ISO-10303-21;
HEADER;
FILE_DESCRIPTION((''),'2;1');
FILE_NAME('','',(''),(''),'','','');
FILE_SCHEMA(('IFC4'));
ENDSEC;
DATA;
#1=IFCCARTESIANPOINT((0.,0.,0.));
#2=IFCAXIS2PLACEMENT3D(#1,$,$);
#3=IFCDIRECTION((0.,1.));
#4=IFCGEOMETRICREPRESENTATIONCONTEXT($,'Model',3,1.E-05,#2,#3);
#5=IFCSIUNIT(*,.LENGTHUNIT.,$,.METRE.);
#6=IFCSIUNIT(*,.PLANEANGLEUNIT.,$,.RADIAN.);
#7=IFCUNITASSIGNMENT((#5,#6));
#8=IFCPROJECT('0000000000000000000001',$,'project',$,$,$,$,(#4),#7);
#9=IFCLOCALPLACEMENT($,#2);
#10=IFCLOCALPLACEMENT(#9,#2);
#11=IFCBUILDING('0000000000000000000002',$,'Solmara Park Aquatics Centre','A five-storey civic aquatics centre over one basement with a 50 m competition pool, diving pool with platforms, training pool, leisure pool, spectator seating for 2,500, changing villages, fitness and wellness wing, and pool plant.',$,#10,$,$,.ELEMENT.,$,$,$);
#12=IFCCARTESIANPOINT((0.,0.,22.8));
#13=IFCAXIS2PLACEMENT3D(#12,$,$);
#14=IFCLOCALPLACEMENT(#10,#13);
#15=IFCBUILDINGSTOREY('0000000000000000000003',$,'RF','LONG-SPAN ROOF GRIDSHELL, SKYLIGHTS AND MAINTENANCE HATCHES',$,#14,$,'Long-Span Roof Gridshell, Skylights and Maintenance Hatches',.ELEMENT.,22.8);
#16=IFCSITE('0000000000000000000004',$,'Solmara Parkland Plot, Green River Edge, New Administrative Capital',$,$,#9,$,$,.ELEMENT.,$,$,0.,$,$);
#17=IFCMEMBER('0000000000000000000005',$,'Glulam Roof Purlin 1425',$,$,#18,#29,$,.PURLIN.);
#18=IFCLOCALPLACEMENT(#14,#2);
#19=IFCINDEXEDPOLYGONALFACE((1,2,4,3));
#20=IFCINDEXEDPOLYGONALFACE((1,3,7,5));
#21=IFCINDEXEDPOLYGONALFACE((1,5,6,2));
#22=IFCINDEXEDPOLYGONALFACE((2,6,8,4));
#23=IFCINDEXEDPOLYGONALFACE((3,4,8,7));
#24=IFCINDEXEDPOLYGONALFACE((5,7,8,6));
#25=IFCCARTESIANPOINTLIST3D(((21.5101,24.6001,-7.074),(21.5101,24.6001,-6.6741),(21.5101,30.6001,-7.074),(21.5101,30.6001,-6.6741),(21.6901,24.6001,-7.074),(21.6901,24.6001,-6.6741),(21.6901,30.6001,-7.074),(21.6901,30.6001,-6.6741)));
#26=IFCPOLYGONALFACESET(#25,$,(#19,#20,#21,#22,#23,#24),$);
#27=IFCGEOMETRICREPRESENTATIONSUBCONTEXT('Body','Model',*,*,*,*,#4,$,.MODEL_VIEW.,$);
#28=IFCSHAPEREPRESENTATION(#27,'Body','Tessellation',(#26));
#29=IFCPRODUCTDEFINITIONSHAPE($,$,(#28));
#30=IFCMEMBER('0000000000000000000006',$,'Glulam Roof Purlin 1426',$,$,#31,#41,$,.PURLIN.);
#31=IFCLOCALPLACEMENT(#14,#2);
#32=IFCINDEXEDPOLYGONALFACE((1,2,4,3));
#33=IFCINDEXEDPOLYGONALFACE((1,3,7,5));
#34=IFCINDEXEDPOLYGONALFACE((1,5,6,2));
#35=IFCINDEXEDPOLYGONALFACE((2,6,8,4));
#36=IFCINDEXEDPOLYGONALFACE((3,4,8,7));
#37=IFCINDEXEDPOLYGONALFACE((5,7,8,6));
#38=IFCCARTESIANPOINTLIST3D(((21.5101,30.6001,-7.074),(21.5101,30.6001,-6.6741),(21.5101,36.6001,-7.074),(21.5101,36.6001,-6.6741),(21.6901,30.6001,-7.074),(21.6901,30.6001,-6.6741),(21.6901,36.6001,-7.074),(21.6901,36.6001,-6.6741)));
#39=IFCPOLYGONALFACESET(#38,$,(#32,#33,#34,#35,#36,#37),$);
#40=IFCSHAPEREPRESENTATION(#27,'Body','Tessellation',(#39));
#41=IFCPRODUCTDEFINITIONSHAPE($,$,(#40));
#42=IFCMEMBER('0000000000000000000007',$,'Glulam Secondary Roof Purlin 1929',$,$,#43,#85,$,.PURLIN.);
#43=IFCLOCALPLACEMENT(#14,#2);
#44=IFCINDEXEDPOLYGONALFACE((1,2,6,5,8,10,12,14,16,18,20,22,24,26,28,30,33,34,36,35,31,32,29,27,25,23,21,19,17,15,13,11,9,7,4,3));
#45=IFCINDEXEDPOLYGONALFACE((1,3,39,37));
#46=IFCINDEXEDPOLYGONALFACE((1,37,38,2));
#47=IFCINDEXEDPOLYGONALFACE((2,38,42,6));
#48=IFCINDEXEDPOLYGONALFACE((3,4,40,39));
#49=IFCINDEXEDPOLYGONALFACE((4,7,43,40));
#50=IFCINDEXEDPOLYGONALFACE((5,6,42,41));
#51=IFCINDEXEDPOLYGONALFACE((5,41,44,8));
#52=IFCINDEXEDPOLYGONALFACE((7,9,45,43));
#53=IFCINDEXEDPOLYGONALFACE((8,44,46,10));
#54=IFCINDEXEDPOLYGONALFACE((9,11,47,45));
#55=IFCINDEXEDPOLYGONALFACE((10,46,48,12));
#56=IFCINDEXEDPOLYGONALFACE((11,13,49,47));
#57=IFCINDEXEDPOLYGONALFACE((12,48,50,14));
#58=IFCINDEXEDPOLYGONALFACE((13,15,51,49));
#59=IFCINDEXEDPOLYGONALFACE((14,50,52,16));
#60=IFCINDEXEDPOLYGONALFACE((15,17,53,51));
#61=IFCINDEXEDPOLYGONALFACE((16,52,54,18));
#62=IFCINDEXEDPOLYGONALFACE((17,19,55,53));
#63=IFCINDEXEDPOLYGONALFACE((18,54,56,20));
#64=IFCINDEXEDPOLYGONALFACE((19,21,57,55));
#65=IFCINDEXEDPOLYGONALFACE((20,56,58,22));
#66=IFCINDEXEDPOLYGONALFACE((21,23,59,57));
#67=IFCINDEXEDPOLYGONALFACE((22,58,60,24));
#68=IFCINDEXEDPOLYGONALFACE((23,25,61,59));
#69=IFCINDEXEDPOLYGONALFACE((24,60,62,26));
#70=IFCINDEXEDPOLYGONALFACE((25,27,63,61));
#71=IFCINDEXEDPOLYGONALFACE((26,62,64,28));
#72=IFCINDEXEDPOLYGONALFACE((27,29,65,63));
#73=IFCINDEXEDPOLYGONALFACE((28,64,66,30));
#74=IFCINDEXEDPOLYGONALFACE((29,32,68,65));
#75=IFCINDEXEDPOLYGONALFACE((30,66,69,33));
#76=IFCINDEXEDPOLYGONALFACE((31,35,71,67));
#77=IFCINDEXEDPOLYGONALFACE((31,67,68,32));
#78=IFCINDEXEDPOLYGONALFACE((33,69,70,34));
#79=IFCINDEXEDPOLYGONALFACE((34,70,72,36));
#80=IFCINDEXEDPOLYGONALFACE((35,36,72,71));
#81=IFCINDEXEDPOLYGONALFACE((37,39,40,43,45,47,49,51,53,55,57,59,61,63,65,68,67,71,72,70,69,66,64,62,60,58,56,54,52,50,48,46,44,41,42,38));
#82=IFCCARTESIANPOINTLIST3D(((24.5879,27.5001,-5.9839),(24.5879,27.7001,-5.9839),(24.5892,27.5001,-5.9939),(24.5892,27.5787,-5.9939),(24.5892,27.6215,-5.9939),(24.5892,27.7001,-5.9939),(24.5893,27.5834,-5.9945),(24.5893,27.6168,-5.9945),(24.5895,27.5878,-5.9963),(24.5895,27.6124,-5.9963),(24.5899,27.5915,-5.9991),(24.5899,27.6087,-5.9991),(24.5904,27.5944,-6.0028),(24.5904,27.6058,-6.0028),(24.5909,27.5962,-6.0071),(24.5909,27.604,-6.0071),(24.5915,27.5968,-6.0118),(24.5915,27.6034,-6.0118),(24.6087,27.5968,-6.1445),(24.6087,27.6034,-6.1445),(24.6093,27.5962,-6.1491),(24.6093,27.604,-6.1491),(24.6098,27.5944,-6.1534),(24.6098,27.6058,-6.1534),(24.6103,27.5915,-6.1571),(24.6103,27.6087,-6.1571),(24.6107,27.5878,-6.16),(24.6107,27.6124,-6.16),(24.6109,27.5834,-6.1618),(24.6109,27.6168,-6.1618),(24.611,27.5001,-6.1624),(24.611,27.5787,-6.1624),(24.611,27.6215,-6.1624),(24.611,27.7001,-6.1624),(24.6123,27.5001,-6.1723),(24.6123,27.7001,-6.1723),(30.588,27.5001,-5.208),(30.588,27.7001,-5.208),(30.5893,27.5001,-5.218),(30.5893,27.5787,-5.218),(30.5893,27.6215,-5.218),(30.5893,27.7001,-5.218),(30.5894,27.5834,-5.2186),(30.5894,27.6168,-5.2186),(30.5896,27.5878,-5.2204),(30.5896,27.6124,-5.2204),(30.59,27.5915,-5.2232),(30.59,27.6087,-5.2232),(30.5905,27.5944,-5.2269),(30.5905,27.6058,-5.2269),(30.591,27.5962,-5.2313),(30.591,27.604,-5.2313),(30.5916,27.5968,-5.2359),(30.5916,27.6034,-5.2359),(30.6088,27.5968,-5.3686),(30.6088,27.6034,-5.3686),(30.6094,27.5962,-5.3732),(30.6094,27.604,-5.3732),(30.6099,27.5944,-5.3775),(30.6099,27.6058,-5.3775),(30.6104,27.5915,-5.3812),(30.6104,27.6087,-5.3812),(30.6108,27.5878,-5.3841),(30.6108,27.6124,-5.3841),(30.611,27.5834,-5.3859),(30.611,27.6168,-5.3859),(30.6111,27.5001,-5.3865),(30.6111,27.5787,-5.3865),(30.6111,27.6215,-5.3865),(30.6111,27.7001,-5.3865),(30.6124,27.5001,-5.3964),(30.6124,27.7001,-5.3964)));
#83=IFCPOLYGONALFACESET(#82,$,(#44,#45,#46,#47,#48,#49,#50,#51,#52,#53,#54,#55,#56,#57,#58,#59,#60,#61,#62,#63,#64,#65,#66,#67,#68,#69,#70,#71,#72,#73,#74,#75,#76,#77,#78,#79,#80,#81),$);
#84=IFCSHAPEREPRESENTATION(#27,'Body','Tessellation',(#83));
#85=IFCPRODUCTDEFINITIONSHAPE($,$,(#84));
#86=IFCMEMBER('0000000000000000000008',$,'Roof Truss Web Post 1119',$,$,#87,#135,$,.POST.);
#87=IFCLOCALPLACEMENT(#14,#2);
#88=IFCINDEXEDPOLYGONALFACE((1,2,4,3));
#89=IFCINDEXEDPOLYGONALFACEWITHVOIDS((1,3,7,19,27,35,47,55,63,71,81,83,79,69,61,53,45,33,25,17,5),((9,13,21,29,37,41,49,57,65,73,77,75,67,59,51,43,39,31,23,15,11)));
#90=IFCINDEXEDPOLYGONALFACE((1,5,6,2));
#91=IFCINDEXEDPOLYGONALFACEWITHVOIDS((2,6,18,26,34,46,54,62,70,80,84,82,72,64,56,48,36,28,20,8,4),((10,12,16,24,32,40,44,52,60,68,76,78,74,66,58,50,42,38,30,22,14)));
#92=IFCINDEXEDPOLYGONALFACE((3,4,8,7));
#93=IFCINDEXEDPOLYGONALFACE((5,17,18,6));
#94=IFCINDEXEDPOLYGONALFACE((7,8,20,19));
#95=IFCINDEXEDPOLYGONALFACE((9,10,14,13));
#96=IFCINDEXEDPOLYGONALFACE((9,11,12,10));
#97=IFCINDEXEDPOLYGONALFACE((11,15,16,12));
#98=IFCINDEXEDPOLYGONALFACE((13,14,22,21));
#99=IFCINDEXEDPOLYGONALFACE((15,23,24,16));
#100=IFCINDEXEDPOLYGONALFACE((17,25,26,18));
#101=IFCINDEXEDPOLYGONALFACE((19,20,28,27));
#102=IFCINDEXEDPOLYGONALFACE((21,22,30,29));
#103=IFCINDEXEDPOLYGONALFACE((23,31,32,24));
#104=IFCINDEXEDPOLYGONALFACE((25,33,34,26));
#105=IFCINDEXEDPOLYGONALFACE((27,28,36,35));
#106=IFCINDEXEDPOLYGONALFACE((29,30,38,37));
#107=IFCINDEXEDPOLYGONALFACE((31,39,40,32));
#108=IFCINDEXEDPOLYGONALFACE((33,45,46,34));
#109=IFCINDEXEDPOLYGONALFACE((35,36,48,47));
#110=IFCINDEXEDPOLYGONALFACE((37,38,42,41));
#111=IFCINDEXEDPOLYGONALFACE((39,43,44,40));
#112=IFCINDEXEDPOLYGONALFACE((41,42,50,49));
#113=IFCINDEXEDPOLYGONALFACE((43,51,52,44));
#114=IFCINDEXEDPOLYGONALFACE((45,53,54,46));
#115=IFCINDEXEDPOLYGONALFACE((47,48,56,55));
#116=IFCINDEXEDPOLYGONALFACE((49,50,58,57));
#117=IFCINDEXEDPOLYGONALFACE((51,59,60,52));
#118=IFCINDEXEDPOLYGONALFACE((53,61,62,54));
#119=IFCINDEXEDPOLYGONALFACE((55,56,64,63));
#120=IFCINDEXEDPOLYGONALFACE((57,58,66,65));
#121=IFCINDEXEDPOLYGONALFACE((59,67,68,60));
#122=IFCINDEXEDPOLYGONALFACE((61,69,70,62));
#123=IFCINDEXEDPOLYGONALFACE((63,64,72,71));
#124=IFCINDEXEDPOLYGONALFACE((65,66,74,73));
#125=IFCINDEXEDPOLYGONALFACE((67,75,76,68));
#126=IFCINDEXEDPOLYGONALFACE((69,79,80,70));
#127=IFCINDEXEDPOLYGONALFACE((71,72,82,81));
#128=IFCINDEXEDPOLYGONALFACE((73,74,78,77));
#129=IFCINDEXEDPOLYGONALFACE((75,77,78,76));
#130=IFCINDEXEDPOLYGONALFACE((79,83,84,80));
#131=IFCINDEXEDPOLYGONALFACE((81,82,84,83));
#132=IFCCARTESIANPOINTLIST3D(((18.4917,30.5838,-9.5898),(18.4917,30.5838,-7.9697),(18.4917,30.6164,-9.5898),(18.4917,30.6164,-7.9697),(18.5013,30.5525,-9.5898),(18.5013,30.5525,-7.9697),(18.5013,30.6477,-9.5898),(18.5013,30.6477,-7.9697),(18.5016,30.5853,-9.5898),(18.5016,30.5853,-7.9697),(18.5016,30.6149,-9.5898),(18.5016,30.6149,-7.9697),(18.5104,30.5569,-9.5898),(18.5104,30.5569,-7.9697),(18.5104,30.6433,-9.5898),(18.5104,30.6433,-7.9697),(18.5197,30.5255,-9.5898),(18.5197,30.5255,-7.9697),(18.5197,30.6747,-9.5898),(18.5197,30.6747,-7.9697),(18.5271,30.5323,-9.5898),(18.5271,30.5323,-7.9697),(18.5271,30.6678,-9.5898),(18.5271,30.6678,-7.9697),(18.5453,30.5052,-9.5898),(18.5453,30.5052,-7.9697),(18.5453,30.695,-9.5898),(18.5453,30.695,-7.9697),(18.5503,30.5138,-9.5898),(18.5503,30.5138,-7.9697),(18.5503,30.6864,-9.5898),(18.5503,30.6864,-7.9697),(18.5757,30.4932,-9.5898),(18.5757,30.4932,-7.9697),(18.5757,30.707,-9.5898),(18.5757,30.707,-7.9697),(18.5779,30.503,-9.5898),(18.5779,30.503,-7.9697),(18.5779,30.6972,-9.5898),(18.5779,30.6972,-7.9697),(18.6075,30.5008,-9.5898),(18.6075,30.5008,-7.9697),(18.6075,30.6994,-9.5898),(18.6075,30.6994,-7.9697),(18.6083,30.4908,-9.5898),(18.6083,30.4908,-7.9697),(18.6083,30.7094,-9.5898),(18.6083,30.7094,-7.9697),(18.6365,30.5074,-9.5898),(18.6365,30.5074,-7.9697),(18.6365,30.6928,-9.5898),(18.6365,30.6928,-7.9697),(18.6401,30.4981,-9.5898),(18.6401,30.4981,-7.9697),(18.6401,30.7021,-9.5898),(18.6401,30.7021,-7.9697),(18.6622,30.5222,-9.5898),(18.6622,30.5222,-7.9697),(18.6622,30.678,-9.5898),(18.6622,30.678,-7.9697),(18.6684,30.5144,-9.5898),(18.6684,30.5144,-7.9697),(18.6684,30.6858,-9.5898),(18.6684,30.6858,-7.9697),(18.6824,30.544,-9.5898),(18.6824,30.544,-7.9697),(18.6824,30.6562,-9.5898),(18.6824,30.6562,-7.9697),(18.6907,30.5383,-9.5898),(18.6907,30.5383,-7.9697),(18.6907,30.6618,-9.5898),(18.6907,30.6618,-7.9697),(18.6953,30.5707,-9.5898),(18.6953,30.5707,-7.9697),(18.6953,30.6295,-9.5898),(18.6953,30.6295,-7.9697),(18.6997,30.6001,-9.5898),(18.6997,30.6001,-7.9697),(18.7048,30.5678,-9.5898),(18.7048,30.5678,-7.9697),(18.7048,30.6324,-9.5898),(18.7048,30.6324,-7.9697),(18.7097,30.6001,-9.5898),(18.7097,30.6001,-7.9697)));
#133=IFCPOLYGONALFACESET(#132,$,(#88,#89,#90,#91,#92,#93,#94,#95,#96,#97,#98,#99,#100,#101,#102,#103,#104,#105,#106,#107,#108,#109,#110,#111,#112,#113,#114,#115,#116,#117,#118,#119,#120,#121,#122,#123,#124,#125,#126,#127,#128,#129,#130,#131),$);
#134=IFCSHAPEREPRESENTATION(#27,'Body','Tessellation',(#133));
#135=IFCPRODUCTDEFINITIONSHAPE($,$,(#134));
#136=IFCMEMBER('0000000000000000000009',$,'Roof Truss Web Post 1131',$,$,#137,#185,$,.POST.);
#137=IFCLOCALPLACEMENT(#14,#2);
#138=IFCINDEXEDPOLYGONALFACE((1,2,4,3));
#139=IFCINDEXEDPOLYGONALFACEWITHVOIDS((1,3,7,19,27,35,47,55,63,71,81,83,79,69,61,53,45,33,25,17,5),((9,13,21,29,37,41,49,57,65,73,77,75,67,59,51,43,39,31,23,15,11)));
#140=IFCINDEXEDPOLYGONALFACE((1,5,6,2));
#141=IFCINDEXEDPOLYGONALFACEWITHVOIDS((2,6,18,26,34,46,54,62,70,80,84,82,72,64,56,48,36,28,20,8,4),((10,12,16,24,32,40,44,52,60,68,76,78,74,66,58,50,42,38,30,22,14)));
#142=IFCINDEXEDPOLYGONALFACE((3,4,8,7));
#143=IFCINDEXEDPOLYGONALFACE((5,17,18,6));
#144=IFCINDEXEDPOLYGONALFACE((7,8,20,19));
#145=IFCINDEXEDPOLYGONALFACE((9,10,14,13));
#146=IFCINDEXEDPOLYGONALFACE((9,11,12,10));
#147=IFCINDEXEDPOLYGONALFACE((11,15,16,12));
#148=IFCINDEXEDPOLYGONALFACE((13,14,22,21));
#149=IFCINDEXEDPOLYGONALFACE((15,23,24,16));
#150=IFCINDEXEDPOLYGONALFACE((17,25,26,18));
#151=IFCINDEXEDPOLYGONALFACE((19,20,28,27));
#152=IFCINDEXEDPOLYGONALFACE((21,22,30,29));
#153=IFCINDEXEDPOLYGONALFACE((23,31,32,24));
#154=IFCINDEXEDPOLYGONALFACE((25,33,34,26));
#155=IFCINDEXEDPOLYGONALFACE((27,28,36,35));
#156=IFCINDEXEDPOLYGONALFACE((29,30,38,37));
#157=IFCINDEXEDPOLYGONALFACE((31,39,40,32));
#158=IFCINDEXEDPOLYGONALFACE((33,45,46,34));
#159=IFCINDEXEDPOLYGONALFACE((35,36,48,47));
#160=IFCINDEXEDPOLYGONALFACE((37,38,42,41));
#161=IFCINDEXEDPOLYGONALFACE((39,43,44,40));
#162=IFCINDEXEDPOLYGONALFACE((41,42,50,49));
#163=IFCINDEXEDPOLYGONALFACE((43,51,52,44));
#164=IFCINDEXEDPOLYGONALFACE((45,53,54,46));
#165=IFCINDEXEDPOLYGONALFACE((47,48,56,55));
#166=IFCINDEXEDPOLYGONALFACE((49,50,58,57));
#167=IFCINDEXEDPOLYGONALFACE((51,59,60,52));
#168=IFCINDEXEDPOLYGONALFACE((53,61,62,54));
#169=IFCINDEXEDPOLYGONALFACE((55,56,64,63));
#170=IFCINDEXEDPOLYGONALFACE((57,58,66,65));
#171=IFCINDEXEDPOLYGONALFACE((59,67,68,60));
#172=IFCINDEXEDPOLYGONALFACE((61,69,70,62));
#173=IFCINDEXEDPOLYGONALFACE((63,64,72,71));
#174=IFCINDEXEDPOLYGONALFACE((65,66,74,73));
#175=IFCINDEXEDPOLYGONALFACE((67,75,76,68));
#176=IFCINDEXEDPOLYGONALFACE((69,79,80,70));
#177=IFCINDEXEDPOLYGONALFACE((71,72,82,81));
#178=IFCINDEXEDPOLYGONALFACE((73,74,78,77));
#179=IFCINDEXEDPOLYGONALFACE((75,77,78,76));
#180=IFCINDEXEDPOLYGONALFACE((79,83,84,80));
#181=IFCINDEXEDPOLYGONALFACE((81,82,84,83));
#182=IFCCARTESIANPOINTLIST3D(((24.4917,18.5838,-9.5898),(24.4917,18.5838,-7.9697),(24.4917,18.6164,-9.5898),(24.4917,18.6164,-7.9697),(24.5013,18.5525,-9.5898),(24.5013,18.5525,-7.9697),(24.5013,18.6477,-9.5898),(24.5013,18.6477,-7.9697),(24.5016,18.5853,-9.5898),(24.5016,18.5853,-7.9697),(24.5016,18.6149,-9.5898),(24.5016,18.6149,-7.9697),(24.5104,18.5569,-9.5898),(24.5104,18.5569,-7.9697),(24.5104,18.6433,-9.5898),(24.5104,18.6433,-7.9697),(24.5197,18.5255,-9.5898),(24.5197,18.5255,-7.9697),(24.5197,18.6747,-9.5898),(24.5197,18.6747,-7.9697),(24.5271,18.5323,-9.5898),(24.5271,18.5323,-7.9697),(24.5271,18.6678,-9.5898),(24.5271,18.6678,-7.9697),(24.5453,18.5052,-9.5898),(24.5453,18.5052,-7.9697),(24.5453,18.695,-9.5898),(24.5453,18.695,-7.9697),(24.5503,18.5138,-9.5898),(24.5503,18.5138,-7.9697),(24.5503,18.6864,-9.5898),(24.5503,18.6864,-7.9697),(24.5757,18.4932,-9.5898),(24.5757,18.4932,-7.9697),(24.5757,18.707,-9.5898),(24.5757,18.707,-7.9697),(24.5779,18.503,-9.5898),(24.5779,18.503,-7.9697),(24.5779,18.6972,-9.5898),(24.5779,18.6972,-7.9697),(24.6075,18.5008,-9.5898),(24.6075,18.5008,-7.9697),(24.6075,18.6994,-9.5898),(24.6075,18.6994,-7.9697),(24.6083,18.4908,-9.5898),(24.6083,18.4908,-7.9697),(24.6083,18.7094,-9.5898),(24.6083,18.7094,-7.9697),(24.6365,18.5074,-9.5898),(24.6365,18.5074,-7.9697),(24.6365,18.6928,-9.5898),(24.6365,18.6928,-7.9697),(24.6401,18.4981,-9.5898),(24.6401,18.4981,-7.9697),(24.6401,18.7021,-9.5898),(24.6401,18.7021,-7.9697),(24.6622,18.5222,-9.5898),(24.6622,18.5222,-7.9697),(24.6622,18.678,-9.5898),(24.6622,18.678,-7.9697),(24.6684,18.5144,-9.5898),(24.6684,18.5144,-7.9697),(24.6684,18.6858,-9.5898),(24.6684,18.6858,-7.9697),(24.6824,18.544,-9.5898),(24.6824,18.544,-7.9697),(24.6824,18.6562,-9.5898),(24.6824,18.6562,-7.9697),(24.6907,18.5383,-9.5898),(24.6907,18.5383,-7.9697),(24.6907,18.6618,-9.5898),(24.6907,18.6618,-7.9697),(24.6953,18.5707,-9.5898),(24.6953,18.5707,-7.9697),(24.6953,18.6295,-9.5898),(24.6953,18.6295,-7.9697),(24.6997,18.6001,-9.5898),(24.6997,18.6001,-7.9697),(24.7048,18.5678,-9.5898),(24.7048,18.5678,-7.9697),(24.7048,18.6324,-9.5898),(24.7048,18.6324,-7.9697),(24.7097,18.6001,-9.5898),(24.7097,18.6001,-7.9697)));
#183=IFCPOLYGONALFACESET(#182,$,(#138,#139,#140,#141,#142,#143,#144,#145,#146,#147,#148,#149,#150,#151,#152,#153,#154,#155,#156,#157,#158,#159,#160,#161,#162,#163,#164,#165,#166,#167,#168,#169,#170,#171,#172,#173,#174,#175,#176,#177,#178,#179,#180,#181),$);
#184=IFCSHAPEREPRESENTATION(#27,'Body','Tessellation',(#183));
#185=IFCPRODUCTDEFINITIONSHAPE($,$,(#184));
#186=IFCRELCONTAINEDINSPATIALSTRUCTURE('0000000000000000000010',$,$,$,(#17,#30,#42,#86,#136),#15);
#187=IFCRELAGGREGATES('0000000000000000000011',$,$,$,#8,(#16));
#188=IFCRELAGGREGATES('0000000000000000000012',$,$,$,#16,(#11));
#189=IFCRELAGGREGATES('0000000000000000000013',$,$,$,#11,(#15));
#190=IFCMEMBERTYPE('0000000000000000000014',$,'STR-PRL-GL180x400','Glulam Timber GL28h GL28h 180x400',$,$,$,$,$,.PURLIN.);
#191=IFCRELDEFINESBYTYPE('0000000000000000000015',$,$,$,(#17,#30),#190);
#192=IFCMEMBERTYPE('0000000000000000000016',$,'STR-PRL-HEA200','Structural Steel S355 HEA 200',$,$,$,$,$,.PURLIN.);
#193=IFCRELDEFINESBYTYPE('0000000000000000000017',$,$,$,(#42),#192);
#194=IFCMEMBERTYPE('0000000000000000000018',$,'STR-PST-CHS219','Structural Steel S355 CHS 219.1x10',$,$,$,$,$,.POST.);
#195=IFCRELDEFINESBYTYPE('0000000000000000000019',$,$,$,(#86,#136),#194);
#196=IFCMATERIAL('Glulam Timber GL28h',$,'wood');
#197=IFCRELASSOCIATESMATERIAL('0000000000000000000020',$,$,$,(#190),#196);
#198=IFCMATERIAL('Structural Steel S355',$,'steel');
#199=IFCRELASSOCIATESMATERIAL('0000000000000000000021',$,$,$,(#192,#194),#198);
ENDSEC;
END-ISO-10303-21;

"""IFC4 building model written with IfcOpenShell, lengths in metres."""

from ifc_helpers import new_model, si_unit, direction, frame, origin, origin_2d, place, context, subcontext, project, spatial, rectangle, hollow_circle, i_section, extrude, material, material_profile, profile_set, type_object, element, save


model = new_model("IFC4")

# Units and contexts
model_context = context("Model", 3, precision=1e-05, world=origin(), true_north=direction((0.0, 1.0)))
body_context = subcontext(model_context, "Body", "Model", "MODEL_VIEW")
ifc_project = project(units=[si_unit("LENGTHUNIT", "METRE"), si_unit("PLANEANGLEUNIT", "RADIAN")], contexts=[model_context])

# Site, building, storey
site_placement = place(None, origin())
site = spatial("IfcSite", under=ifc_project, at=site_placement, Name="Solmara Parkland Plot, Green River Edge, New Administrative Capital", CompositionType="ELEMENT", RefElevation=0.0)
building_placement = place(site_placement, origin())
building = spatial("IfcBuilding", under=site, at=building_placement, Name="Solmara Park Aquatics Centre", Description="A five-storey civic aquatics centre over one basement with a 50 m competition pool, diving pool with platforms, training pool, leisure pool, spectator seating for 2,500, changing villages, fitness and wellness wing, and pool plant.", CompositionType="ELEMENT")
storey_placement = place(building_placement, frame((0.0, 0.0, 22.8)))
storey = spatial("IfcBuildingStorey", under=building, at=storey_placement, Name="RF", Description="LONG-SPAN ROOF GRIDSHELL, SKYLIGHTS AND MAINTENANCE HATCHES", LongName="Long-Span Roof Gridshell, Skylights and Maintenance Hatches", CompositionType="ELEMENT", Elevation=22.8)

# Members
ifc_material_1 = material(Name="Structural Steel S355", Category="steel")
ifc_material_2 = material(Name="Glulam Timber GL28h", Category="wood")
ifc_material_profile_1 = material_profile(ifc_material_2, rectangle(XDim=0.1799, YDim=0.3999, at=origin_2d()), Name="GL28h 180x400")
ifc_profile_set_1 = profile_set([ifc_material_profile_1], Name="Glulam Timber GL28h")
member_type_1 = type_object("IfcMemberType", Name="STR-PRL-GL180x400", Description="Glulam Timber GL28h GL28h 180x400", PredefinedType="PURLIN", material=ifc_profile_set_1)
for number, where, z_axis, x_axis, name in (
    (1, (21.6001, 24.6001, -6.874), (0.0, 1.0, 0.0), (-1.0, 0.0, 0.0), "Glulam Roof Purlin 1425"),
    (2, (21.6001, 30.6001, -6.874), (0.0, 1.0, 0.0), (-1.0, 0.0, 0.0), "Glulam Roof Purlin 1426"),
):
    element("IfcMember", number, at=place(storey_placement, frame(where, z_axis=z_axis, x_axis=x_axis)), inside=storey, type_object=member_type_1, Name=name, PredefinedType="PURLIN", context=body_context, shape_type="SweptSolid", body=[
        extrude(rectangle(XDim=0.1799, YDim=0.3999, at=origin_2d()), origin(), (0.0, 0.0, 1.0), 6.0),
    ])
ifc_material_profile_2 = material_profile(ifc_material_1, i_section(OverallWidth=0.2, OverallDepth=0.1899, WebThickness=0.0066, FlangeThickness=0.01, FilletRadius=0.0181, at=origin_2d()), Name="HEA 200")
ifc_profile_set_2 = profile_set([ifc_material_profile_2], Name="Structural Steel S355")
member_type_2 = type_object("IfcMemberType", Name="STR-PRL-HEA200", Description="Structural Steel S355 HEA 200", PredefinedType="PURLIN", material=ifc_profile_set_2)
member_1_placement = place(storey_placement, frame((24.6001, 27.6001, -6.0781), z_axis=(0.991742, 0.0, 0.128245), x_axis=(0.0, 1.0, 0.0)))
element("IfcMember", 3, at=member_1_placement, inside=storey, type_object=member_type_2, Name="Glulam Secondary Roof Purlin 1929", PredefinedType="PURLIN", context=body_context, shape_type="SweptSolid", body=[
    extrude(i_section(OverallWidth=0.2, OverallDepth=0.1899, WebThickness=0.0066, FlangeThickness=0.01, FilletRadius=0.0181, at=origin_2d()), origin(), (0.0, 0.0, 1.0), 6.05),
])
ifc_material_profile_3 = material_profile(ifc_material_1, hollow_circle(Radius=0.1096, WallThickness=0.01, at=origin_2d()), Name="CHS 219.1x10")
ifc_profile_set_3 = profile_set([ifc_material_profile_3], Name="Structural Steel S355")
member_type_3 = type_object("IfcMemberType", Name="STR-PST-CHS219", Description="Structural Steel S355 CHS 219.1x10", PredefinedType="POST", material=ifc_profile_set_3)
for number, where, z_axis, x_axis, name in (
    (4, (18.6001, 30.6001, -9.5898), (0.0, 0.0, 1.0), (1.0, 0.0, 0.0), "Roof Truss Web Post 1119"),
    (5, (24.6001, 18.6001, -9.5898), (0.0, 0.0, 1.0), (1.0, 0.0, 0.0), "Roof Truss Web Post 1131"),
):
    element("IfcMember", number, at=place(storey_placement, frame(where, z_axis=z_axis, x_axis=x_axis)), inside=storey, type_object=member_type_3, Name=name, PredefinedType="POST", context=body_context, shape_type="SweptSolid", body=[
        extrude(hollow_circle(Radius=0.1096, WallThickness=0.01, at=origin_2d()), origin(), (0.0, 0.0, 1.0), 1.6201),
    ])

save(model, "model.ifc")
